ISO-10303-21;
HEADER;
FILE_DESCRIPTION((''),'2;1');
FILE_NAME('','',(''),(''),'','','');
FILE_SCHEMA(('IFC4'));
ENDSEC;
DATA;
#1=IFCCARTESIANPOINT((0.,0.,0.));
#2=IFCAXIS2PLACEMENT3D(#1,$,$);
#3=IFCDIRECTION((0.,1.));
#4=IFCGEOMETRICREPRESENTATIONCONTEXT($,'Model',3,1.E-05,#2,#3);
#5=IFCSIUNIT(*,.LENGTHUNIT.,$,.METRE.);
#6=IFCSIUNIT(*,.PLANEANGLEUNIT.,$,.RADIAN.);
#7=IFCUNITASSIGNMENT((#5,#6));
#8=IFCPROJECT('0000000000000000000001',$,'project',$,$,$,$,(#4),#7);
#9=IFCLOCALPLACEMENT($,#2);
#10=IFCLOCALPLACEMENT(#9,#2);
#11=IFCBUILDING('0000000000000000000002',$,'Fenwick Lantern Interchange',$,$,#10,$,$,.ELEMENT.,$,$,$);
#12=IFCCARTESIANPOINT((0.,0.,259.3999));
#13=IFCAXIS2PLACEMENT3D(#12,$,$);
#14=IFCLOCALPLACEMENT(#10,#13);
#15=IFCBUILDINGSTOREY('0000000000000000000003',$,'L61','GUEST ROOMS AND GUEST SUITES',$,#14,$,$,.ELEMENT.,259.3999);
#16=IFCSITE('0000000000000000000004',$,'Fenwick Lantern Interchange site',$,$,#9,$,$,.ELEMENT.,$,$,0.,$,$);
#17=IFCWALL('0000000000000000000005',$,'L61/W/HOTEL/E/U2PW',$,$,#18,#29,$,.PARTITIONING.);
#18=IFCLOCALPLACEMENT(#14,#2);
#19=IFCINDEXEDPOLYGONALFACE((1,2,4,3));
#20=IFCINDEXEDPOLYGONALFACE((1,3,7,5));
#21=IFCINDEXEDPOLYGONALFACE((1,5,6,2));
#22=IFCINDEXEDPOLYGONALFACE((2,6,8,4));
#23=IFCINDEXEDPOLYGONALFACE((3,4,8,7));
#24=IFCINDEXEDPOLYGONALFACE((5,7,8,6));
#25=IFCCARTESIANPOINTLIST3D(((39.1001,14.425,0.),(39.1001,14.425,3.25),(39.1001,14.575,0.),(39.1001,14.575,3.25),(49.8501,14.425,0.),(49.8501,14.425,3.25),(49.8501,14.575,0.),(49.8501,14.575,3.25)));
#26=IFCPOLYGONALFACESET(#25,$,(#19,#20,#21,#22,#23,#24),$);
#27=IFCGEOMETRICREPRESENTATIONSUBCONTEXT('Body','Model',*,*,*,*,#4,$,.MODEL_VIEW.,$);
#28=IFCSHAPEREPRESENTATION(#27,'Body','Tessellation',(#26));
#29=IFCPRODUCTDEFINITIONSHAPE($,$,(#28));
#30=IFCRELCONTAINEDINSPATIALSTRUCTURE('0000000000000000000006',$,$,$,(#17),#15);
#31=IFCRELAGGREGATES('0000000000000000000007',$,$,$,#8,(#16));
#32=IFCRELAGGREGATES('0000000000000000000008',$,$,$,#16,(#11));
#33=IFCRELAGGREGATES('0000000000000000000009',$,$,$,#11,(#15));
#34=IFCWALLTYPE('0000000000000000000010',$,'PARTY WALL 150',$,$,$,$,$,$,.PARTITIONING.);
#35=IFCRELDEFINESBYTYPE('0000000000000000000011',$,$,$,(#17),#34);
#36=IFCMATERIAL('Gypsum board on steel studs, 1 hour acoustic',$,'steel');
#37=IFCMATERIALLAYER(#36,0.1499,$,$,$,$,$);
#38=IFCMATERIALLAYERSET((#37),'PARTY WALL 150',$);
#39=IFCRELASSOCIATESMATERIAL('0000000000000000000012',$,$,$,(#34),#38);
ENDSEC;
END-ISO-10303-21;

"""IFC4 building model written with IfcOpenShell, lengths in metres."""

from ifc_helpers import new_model, si_unit, direction, frame, frame_2d, origin, place, context, subcontext, project, spatial, rectangle, extrude, material, layer, layer_set, type_object, element, save


model = new_model("IFC4")

# Units and contexts
model_context = context("Model", 3, precision=1e-05, world=origin(), true_north=direction((0.0, 1.0)))
body_context = subcontext(model_context, "Body", "Model", "MODEL_VIEW")
ifc_project = project(units=[si_unit("LENGTHUNIT", "METRE"), si_unit("PLANEANGLEUNIT", "RADIAN")], contexts=[model_context])

# Site, building, storey
site_placement = place(None, origin())
site = spatial("IfcSite", under=ifc_project, at=site_placement, Name="Fenwick Lantern Interchange site", CompositionType="ELEMENT", RefElevation=0.0)
building_placement = place(site_placement, origin())
building = spatial("IfcBuilding", under=site, at=building_placement, Name="Fenwick Lantern Interchange", CompositionType="ELEMENT")
storey_placement = place(building_placement, frame((0.0, 0.0, 259.3999)))
storey = spatial("IfcBuildingStorey", under=building, at=storey_placement, Name="L61", Description="GUEST ROOMS AND GUEST SUITES", CompositionType="ELEMENT", Elevation=259.3999)

# Wall
ifc_material_1 = material(Name="Gypsum board on steel studs, 1 hour acoustic", Category="steel")
ifc_layer_1 = layer(ifc_material_1, 0.1499)
ifc_layer_set_1 = layer_set([ifc_layer_1], Name="PARTY WALL 150")
wall_type_1 = type_object("IfcWallType", Name="PARTY WALL 150", PredefinedType="PARTITIONING", material=ifc_layer_set_1)
wall_1_placement = place(storey_placement, frame((49.8501, 14.5, 0.0), z_axis=(0.0, 0.0, 1.0), x_axis=(-1.0, 0.0, 0.0)))
element("IfcWall", 1, at=wall_1_placement, inside=storey, type_object=wall_type_1, Name="L61/W/HOTEL/E/U2PW", PredefinedType="PARTITIONING", context=body_context, shape_type="SweptSolid", body=[
    extrude(rectangle(XDim=10.75, YDim=0.1499, at=frame_2d((5.375, 0.0))), origin(), (0.0, 0.0, 1.0), 3.25),
])

save(model, "model.ifc")
